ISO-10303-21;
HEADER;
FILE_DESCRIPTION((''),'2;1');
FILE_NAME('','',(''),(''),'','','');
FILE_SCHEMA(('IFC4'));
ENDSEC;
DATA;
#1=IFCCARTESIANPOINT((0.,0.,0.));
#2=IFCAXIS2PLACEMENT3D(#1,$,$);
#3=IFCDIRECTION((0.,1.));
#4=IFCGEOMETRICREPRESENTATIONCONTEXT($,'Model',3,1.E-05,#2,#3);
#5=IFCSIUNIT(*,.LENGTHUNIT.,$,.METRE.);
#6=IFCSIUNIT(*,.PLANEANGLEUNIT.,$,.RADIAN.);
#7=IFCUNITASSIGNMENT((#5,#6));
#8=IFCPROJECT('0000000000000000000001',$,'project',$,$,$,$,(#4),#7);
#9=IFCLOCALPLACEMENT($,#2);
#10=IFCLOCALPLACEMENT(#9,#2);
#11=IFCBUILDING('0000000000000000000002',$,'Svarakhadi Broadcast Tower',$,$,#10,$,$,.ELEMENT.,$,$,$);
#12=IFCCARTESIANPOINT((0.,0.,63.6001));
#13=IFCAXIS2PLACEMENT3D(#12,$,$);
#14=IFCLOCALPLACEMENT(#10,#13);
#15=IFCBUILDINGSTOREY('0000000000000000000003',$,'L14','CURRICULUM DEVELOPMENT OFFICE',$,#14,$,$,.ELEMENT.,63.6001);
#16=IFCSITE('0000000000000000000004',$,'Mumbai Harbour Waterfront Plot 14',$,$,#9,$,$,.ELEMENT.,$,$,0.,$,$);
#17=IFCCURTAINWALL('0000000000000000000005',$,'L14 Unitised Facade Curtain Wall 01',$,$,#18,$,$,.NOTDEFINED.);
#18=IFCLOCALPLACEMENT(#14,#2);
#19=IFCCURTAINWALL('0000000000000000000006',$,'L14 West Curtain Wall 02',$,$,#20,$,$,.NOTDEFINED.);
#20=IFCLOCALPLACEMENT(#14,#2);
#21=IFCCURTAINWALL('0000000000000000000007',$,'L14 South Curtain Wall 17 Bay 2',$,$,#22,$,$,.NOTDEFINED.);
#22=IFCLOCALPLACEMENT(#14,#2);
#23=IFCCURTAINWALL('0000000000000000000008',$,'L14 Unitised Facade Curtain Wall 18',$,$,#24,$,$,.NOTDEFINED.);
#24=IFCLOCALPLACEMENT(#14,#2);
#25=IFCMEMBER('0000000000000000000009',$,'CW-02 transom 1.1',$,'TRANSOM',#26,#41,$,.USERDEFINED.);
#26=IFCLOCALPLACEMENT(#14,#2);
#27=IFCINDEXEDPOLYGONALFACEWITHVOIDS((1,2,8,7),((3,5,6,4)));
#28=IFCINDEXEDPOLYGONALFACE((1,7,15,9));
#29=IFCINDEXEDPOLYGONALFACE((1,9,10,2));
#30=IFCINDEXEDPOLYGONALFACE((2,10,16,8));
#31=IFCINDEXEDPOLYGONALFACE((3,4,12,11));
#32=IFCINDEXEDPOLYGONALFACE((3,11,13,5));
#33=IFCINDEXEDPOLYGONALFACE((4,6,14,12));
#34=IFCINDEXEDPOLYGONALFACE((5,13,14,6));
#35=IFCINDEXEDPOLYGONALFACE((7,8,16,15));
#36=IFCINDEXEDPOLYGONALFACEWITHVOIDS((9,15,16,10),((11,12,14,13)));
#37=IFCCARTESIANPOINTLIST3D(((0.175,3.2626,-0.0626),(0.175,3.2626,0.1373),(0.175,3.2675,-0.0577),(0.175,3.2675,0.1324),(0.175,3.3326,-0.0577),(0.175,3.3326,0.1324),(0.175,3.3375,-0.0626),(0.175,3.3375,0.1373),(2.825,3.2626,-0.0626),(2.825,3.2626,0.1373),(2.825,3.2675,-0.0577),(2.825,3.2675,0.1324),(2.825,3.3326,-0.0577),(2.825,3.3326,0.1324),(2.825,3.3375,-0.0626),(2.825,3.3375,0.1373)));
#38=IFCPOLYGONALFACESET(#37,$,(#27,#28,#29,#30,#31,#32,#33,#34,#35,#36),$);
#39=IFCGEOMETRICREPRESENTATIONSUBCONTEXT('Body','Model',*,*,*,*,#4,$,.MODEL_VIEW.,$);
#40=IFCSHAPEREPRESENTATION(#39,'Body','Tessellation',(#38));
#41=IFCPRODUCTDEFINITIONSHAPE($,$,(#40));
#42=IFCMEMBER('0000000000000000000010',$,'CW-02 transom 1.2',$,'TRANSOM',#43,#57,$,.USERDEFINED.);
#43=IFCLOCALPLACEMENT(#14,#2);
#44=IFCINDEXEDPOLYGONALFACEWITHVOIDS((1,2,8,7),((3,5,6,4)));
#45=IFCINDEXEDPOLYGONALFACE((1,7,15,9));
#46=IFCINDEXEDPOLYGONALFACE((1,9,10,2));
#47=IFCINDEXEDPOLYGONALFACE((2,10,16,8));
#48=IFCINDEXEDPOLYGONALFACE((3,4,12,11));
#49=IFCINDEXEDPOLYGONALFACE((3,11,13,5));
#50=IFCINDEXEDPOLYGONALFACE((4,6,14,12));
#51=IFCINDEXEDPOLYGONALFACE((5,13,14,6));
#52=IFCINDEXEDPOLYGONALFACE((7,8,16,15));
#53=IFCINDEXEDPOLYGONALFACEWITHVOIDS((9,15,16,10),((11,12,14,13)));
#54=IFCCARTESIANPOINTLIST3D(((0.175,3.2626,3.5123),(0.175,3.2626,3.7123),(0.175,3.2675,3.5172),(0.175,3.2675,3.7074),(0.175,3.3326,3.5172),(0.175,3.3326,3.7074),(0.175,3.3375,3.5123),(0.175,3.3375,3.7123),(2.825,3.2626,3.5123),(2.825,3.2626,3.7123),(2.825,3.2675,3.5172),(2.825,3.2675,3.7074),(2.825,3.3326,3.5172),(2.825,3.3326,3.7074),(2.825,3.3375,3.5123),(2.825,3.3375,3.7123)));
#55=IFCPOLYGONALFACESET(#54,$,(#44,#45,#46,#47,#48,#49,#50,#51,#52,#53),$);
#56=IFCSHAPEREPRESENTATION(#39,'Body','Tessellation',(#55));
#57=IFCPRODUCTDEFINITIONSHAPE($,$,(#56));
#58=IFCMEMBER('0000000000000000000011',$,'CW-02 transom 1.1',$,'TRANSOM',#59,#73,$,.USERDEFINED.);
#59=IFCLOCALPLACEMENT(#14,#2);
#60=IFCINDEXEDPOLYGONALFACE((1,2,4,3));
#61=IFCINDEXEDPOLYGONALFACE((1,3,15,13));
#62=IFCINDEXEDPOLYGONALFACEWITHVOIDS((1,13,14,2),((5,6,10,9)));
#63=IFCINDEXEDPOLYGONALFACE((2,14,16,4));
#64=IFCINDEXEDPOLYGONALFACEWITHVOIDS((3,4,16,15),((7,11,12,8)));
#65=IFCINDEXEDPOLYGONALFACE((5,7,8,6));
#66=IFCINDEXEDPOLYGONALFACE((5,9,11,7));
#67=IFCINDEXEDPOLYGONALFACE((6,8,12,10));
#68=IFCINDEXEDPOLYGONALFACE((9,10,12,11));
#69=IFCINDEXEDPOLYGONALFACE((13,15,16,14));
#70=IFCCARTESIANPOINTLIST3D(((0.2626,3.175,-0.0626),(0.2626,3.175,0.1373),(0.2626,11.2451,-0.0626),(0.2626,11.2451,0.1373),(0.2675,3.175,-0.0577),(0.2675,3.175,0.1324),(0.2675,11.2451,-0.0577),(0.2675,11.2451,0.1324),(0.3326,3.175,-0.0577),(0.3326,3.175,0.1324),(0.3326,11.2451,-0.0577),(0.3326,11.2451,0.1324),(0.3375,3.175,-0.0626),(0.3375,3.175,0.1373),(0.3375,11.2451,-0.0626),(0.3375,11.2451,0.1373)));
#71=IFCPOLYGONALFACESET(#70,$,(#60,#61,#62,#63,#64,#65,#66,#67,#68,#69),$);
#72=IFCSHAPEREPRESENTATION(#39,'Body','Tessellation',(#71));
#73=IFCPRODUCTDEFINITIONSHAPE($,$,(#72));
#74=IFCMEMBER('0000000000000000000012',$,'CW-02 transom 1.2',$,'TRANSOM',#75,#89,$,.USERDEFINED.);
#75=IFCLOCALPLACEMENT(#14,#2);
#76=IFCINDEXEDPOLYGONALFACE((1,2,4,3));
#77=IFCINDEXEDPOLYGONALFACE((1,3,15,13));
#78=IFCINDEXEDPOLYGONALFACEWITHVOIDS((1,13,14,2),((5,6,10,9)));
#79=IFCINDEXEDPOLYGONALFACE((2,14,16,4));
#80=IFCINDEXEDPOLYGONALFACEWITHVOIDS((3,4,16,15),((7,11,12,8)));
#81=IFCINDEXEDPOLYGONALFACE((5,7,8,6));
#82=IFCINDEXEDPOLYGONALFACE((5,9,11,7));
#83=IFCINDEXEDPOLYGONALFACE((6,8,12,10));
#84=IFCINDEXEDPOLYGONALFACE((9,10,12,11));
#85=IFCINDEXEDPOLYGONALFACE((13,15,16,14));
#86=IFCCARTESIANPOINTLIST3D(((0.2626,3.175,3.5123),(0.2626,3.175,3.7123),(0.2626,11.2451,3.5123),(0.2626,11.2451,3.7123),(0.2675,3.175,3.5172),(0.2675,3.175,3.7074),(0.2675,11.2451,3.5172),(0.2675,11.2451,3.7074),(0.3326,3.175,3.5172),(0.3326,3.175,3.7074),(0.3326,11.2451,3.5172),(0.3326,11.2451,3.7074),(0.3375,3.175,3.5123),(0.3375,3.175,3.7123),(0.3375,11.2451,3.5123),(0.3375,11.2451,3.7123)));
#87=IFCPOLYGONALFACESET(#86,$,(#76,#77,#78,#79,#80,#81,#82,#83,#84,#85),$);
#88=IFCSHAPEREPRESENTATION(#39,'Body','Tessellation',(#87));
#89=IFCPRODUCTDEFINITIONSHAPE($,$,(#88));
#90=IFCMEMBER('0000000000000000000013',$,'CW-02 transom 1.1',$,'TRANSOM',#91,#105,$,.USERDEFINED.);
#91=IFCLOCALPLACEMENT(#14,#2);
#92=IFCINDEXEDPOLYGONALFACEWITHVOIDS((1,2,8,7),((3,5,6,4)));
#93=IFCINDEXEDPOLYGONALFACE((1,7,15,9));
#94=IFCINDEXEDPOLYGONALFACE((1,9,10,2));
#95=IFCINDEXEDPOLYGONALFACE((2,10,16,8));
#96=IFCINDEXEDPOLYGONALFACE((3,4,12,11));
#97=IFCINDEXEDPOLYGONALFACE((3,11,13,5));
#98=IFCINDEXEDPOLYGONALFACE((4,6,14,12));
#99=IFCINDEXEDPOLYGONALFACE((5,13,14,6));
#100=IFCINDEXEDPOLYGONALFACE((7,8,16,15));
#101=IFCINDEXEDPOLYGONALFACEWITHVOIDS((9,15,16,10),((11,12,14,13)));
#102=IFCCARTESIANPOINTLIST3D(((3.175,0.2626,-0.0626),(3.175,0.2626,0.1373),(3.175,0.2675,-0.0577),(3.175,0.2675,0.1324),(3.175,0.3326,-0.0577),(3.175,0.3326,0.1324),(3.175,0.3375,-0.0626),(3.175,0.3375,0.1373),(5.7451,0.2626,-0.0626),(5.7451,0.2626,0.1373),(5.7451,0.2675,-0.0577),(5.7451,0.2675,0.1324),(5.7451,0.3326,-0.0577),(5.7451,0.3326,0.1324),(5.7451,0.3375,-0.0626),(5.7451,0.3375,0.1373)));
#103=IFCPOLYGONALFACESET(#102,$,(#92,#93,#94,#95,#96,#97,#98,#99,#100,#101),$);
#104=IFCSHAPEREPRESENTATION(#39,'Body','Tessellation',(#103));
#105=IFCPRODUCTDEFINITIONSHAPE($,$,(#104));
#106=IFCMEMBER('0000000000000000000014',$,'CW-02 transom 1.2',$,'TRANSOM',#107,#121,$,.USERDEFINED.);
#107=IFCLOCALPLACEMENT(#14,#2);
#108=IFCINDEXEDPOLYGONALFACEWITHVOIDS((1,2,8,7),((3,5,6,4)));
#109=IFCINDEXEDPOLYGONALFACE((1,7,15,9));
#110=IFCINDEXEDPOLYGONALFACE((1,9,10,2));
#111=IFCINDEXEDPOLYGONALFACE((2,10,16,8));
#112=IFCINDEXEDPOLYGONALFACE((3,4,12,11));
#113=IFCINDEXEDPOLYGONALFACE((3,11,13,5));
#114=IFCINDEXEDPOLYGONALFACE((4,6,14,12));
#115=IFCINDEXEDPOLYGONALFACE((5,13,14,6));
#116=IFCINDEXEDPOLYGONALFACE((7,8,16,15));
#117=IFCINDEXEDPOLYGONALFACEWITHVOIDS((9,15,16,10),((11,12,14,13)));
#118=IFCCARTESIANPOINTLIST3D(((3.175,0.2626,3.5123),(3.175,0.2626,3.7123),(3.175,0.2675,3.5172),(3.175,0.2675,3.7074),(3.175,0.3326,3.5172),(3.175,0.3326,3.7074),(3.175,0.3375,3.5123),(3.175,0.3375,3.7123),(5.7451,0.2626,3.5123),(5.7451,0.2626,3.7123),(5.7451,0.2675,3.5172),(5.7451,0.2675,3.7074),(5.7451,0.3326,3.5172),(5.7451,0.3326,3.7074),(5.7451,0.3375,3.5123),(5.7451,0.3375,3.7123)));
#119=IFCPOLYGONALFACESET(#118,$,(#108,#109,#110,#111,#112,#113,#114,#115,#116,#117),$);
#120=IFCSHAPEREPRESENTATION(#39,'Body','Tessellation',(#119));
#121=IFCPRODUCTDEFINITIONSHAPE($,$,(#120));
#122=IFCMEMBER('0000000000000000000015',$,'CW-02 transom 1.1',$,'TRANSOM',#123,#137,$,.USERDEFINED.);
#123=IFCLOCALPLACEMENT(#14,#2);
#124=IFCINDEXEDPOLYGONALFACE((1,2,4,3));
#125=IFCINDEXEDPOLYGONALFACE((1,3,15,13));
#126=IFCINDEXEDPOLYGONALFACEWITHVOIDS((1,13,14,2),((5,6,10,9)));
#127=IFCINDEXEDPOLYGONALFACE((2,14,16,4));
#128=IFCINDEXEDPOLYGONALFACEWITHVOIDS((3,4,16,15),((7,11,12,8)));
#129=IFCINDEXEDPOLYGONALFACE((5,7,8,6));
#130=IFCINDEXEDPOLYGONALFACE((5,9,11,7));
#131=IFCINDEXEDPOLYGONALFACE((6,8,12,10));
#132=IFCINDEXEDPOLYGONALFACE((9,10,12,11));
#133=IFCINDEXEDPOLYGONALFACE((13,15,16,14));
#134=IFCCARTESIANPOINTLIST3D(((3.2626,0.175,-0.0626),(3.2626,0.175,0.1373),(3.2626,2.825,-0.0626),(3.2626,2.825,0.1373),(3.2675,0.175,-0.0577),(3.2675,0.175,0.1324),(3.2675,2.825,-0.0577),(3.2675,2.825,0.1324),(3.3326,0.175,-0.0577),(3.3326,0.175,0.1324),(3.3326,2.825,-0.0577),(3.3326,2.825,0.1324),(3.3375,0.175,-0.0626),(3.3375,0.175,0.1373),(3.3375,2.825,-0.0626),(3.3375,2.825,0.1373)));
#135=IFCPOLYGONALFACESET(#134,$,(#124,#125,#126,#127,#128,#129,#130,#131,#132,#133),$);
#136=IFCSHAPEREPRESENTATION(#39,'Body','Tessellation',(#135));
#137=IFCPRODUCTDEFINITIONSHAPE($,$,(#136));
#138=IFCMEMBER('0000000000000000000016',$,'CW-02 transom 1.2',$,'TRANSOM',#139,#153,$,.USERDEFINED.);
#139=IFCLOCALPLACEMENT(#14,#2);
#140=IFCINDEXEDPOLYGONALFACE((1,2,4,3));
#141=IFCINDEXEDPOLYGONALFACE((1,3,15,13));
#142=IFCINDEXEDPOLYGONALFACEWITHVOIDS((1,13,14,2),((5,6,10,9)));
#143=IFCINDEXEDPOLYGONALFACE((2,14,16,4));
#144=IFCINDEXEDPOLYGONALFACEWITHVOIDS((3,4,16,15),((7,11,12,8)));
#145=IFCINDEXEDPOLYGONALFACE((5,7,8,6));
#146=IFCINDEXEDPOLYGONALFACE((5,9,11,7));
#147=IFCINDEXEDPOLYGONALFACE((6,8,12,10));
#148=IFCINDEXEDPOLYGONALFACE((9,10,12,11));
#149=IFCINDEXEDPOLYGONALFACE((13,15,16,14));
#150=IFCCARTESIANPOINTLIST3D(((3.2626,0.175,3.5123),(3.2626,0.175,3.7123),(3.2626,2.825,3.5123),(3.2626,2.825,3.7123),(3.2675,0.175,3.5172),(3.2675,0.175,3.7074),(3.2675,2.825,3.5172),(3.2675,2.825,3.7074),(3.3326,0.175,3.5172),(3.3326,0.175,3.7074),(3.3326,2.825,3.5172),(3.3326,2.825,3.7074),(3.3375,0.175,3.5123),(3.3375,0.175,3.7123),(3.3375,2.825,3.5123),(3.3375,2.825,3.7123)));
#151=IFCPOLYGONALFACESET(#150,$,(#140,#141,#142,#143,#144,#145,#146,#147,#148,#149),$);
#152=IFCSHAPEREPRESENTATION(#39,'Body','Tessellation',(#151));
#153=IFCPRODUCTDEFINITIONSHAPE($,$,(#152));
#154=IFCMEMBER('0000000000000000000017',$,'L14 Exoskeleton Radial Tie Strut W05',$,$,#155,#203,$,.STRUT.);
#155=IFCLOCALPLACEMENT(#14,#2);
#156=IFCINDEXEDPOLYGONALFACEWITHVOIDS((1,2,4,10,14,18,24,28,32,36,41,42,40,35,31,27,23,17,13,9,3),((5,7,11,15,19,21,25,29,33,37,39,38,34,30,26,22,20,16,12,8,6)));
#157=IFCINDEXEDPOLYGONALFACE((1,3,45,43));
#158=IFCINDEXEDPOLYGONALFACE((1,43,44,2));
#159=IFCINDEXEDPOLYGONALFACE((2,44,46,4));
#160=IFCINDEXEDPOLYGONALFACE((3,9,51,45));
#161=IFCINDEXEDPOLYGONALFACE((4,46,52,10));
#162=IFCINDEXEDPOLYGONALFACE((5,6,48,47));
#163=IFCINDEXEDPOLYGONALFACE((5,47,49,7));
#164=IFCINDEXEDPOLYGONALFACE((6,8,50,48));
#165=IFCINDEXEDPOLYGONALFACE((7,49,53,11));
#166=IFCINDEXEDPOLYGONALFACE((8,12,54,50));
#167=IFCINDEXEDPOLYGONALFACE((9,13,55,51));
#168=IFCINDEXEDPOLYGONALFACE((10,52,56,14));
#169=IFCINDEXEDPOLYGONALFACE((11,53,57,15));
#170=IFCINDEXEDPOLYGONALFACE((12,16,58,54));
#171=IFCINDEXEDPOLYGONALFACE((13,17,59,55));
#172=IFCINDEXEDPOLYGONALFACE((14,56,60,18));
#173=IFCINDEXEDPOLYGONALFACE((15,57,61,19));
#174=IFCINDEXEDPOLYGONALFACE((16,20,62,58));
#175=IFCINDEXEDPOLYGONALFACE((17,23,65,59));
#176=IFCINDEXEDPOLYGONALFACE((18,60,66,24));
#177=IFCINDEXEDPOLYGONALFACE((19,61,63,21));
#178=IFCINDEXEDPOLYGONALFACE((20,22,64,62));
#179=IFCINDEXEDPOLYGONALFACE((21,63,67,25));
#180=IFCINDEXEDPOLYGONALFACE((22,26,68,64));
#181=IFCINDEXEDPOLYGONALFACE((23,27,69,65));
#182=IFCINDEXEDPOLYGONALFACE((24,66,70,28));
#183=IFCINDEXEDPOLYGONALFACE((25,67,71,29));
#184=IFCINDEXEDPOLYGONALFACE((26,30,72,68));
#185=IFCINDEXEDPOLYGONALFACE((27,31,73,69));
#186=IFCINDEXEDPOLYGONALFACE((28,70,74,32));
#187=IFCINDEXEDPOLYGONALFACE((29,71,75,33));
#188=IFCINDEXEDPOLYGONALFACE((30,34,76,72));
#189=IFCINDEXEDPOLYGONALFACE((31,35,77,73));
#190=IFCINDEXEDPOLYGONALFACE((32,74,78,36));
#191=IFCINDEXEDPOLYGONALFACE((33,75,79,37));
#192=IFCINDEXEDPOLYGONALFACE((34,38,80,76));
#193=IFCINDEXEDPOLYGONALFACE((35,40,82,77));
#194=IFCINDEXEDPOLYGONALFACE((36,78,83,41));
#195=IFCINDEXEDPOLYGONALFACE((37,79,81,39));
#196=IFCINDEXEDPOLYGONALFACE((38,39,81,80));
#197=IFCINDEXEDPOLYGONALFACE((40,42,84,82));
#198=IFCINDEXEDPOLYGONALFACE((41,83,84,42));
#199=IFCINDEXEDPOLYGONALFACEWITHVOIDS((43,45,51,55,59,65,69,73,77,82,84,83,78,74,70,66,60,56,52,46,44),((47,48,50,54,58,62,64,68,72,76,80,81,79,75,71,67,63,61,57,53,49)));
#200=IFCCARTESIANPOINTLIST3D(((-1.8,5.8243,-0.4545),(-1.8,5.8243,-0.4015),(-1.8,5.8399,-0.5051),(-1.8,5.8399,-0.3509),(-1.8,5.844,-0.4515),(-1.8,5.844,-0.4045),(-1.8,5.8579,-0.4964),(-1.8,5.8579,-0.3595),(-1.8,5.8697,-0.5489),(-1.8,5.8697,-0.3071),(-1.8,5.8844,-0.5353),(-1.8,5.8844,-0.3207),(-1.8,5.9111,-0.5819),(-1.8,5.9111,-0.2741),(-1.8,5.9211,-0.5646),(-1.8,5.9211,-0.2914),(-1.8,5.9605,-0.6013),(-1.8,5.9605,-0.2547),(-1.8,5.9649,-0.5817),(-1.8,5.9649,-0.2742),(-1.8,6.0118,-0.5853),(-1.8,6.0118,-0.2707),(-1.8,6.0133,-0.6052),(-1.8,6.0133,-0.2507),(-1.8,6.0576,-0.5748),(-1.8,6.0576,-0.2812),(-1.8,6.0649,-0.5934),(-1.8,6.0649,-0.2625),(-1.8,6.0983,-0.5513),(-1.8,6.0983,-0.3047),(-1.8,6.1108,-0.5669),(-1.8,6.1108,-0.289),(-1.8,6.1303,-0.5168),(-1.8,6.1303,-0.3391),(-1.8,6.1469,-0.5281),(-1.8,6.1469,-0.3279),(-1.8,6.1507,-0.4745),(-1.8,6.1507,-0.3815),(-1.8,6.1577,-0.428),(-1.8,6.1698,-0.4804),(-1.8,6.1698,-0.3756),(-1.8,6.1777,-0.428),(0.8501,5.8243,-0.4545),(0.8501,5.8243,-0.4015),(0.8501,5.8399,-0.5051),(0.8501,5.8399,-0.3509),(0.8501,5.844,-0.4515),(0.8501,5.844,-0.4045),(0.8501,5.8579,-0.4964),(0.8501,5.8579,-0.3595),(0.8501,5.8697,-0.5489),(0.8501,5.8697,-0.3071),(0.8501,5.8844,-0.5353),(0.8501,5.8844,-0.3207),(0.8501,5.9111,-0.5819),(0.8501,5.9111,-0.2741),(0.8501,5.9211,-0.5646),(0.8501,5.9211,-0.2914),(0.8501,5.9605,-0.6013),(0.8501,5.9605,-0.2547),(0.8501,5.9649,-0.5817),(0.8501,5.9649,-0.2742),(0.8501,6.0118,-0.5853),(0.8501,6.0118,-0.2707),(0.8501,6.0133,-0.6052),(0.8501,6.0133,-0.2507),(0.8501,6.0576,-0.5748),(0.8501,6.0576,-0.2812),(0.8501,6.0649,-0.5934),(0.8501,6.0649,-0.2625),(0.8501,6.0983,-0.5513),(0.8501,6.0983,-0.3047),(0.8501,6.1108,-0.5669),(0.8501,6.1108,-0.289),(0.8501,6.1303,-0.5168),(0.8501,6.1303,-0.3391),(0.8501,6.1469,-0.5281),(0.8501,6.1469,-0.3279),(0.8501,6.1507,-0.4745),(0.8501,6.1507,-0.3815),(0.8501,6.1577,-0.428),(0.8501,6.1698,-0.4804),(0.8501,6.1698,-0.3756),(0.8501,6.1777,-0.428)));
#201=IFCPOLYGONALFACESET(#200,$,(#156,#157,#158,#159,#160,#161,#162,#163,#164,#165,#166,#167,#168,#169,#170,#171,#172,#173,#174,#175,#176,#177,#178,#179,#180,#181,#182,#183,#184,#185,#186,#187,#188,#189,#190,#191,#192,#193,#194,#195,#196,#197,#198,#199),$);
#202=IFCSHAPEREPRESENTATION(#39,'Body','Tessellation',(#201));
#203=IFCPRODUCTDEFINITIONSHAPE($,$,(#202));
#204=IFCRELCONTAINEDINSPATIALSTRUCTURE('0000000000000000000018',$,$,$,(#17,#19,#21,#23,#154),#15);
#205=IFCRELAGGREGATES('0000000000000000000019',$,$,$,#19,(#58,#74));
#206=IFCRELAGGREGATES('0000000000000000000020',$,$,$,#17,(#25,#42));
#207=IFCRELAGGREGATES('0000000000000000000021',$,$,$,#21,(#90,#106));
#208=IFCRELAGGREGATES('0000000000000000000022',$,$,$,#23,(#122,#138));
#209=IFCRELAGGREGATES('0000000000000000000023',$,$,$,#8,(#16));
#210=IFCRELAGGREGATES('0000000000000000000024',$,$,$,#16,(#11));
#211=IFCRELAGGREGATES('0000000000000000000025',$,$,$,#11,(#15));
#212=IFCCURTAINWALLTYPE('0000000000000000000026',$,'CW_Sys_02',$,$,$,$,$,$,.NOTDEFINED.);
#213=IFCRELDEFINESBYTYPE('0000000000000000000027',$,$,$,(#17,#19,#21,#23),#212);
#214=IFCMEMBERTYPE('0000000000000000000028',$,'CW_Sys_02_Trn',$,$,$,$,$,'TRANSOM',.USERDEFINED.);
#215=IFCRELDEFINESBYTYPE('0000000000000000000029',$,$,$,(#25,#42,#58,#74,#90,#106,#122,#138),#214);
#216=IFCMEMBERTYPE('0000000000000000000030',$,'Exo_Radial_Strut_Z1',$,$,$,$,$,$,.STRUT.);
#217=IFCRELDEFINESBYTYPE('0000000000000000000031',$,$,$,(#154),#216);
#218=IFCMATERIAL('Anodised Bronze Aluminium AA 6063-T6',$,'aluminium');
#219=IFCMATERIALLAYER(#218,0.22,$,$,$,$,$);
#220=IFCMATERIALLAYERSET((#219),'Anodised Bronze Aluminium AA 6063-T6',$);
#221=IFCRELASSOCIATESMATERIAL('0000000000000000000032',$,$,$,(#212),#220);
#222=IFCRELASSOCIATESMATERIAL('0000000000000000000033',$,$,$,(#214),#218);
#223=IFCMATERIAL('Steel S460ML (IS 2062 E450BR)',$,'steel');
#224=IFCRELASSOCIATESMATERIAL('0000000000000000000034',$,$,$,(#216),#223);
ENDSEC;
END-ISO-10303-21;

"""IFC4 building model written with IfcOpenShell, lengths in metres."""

from ifc_helpers import new_model, si_unit, direction, frame, origin, origin_2d, place, context, subcontext, project, spatial, hollow_rectangle, hollow_circle, extrude, material, layer, layer_set, material_profile, profile_set, type_object, element, aggregate, save


model = new_model("IFC4")

# Units and contexts
model_context = context("Model", 3, precision=1e-05, world=origin(), true_north=direction((0.0, 1.0)))
body_context = subcontext(model_context, "Body", "Model", "MODEL_VIEW")
ifc_project = project(units=[si_unit("LENGTHUNIT", "METRE"), si_unit("PLANEANGLEUNIT", "RADIAN")], contexts=[model_context])

# Site, building, storey
site_placement = place(None, origin())
site = spatial("IfcSite", under=ifc_project, at=site_placement, Name="Mumbai Harbour Waterfront Plot 14", CompositionType="ELEMENT", RefElevation=0.0)
building_placement = place(site_placement, origin())
building = spatial("IfcBuilding", under=site, at=building_placement, Name="Svarakhadi Broadcast Tower", CompositionType="ELEMENT")
storey_placement = place(building_placement, frame((0.0, 0.0, 63.6001)))
storey = spatial("IfcBuildingStorey", under=building, at=storey_placement, Name="L14", Description="CURRICULUM DEVELOPMENT OFFICE", CompositionType="ELEMENT", Elevation=63.6001)

# Shared definitions
ifc_material_1 = material(Name="Steel S460ML (IS 2062 E450BR)", Category="steel")

# Curtain wall
ifc_material_2 = material(Name="Anodised Bronze Aluminium AA 6063-T6", Category="aluminium")
ifc_layer_1 = layer(ifc_material_2, 0.22)
ifc_layer_set_1 = layer_set([ifc_layer_1], Name="Anodised Bronze Aluminium AA 6063-T6")
curtain_wall_type = type_object("IfcCurtainWallType", Name="CW_Sys_02", PredefinedType="NOTDEFINED", material=ifc_layer_set_1)
curtain_wall_1_placement = place(storey_placement, origin())
curtain_wall_1 = element("IfcCurtainWall", 1, at=curtain_wall_1_placement, inside=storey, type_object=curtain_wall_type, Name="L14 Unitised Facade Curtain Wall 01", PredefinedType="NOTDEFINED")

# Curtain walls
curtain_wall_2_placement = place(storey_placement, origin())
curtain_wall_2 = element("IfcCurtainWall", 2, at=curtain_wall_2_placement, inside=storey, type_object=curtain_wall_type, Name="L14 West Curtain Wall 02", PredefinedType="NOTDEFINED")
curtain_wall_3_placement = place(storey_placement, origin())
curtain_wall_3 = element("IfcCurtainWall", 3, at=curtain_wall_3_placement, inside=storey, type_object=curtain_wall_type, Name="L14 South Curtain Wall 17 Bay 2", PredefinedType="NOTDEFINED")

# Curtain wall
curtain_wall_4_placement = place(storey_placement, origin())
curtain_wall_4 = element("IfcCurtainWall", 4, at=curtain_wall_4_placement, inside=storey, type_object=curtain_wall_type, Name="L14 Unitised Facade Curtain Wall 18", PredefinedType="NOTDEFINED")

# Members
ifc_material_profile_1 = material_profile(ifc_material_2, hollow_rectangle(XDim=0.075, YDim=0.2, WallThickness=0.0049, at=origin_2d()), Name="ALU TRANSOM 200x75x5")
ifc_profile_set_1 = profile_set([ifc_material_profile_1], Name="Anodised Bronze Aluminium AA 6063-T6")
member_type_1 = type_object("IfcMemberType", Name="CW_Sys_02_Trn", ElementType="TRANSOM", PredefinedType="USERDEFINED", material=ifc_profile_set_1)
member_1_placement = place(storey_placement, frame((2.825, 3.3, 0.0374), z_axis=(-1.0, 0.0, 0.0), x_axis=(0.0, -1.0, 0.0)))
member_1 = element("IfcMember", 5, at=member_1_placement, type_object=member_type_1, Name="CW-02 transom 1.1", ObjectType="TRANSOM", PredefinedType="USERDEFINED", context=body_context, shape_type="SweptSolid", body=[
    extrude(hollow_rectangle(XDim=0.075, YDim=0.2, WallThickness=0.0049, at=origin_2d()), origin(), (0.0, 0.0, 1.0), 2.6499),
])
member_2_placement = place(storey_placement, frame((2.825, 3.3, 3.6123), z_axis=(-1.0, 0.0, 0.0), x_axis=(0.0, -1.0, 0.0)))
member_2 = element("IfcMember", 6, at=member_2_placement, type_object=member_type_1, Name="CW-02 transom 1.2", ObjectType="TRANSOM", PredefinedType="USERDEFINED", context=body_context, shape_type="SweptSolid", body=[
    extrude(hollow_rectangle(XDim=0.075, YDim=0.2, WallThickness=0.0049, at=origin_2d()), origin(), (0.0, 0.0, 1.0), 2.6499),
])
member_3_placement = place(storey_placement, frame((0.3, 3.175, 0.0374), z_axis=(0.0, 1.0, 0.0), x_axis=(-1.0, 0.0, 0.0)))
member_3 = element("IfcMember", 7, at=member_3_placement, type_object=member_type_1, Name="CW-02 transom 1.1", ObjectType="TRANSOM", PredefinedType="USERDEFINED", context=body_context, shape_type="SweptSolid", body=[
    extrude(hollow_rectangle(XDim=0.075, YDim=0.2, WallThickness=0.0049, at=origin_2d()), origin(), (0.0, 0.0, 1.0), 8.0701),
])
member_4_placement = place(storey_placement, frame((0.3, 3.175, 3.6123), z_axis=(0.0, 1.0, 0.0), x_axis=(-1.0, 0.0, 0.0)))
member_4 = element("IfcMember", 8, at=member_4_placement, type_object=member_type_1, Name="CW-02 transom 1.2", ObjectType="TRANSOM", PredefinedType="USERDEFINED", context=body_context, shape_type="SweptSolid", body=[
    extrude(hollow_rectangle(XDim=0.075, YDim=0.2, WallThickness=0.0049, at=origin_2d()), origin(), (0.0, 0.0, 1.0), 8.0701),
])
aggregate(curtain_wall_2, [member_3, member_4])
member_5_placement = place(storey_placement, frame((5.7451, 0.3, 0.0374), z_axis=(-1.0, 0.0, 0.0), x_axis=(0.0, -1.0, 0.0)))
member_5 = element("IfcMember", 9, at=member_5_placement, type_object=member_type_1, Name="CW-02 transom 1.1", ObjectType="TRANSOM", PredefinedType="USERDEFINED", context=body_context, shape_type="SweptSolid", body=[
    extrude(hollow_rectangle(XDim=0.075, YDim=0.2, WallThickness=0.0049, at=origin_2d()), origin(), (0.0, 0.0, 1.0), 2.5701),
])
member_6_placement = place(storey_placement, frame((5.7451, 0.3, 3.6123), z_axis=(-1.0, 0.0, 0.0), x_axis=(0.0, -1.0, 0.0)))
member_6 = element("IfcMember", 10, at=member_6_placement, type_object=member_type_1, Name="CW-02 transom 1.2", ObjectType="TRANSOM", PredefinedType="USERDEFINED", context=body_context, shape_type="SweptSolid", body=[
    extrude(hollow_rectangle(XDim=0.075, YDim=0.2, WallThickness=0.0049, at=origin_2d()), origin(), (0.0, 0.0, 1.0), 2.5701),
])
member_7_placement = place(storey_placement, frame((3.3, 0.175, 0.0374), z_axis=(0.0, 1.0, 0.0), x_axis=(-1.0, 0.0, 0.0)))
member_7 = element("IfcMember", 11, at=member_7_placement, type_object=member_type_1, Name="CW-02 transom 1.1", ObjectType="TRANSOM", PredefinedType="USERDEFINED", context=body_context, shape_type="SweptSolid", body=[
    extrude(hollow_rectangle(XDim=0.075, YDim=0.2, WallThickness=0.0049, at=origin_2d()), origin(), (0.0, 0.0, 1.0), 2.6499),
])
member_8_placement = place(storey_placement, frame((3.3, 0.175, 3.6123), z_axis=(0.0, 1.0, 0.0), x_axis=(-1.0, 0.0, 0.0)))
member_8 = element("IfcMember", 12, at=member_8_placement, type_object=member_type_1, Name="CW-02 transom 1.2", ObjectType="TRANSOM", PredefinedType="USERDEFINED", context=body_context, shape_type="SweptSolid", body=[
    extrude(hollow_rectangle(XDim=0.075, YDim=0.2, WallThickness=0.0049, at=origin_2d()), origin(), (0.0, 0.0, 1.0), 2.6499),
])
ifc_material_profile_2 = material_profile(ifc_material_1, hollow_circle(Radius=0.1777, WallThickness=0.02, at=origin_2d()), Name="CHS 355.6x20")
ifc_profile_set_2 = profile_set([ifc_material_profile_2], Name="Steel S460ML (IS 2062 E450BR)")
member_type_2 = type_object("IfcMemberType", Name="Exo_Radial_Strut_Z1", PredefinedType="STRUT", material=ifc_profile_set_2)
member_9_placement = place(storey_placement, frame((-1.8, 6.0, -0.428), z_axis=(1.0, 0.0, 0.0), x_axis=(0.0, 1.0, 0.0)))
element("IfcMember", 13, at=member_9_placement, inside=storey, type_object=member_type_2, Name="L14 Exoskeleton Radial Tie Strut W05", PredefinedType="STRUT", context=body_context, shape_type="SweptSolid", body=[
    extrude(hollow_circle(Radius=0.1777, WallThickness=0.02, at=origin_2d()), origin(), (0.0, 0.0, 1.0), 2.6501),
])

aggregate(curtain_wall_1, [member_1, member_2])
aggregate(curtain_wall_3, [member_5, member_6])
aggregate(curtain_wall_4, [member_7, member_8])

save(model, "model.ifc")
